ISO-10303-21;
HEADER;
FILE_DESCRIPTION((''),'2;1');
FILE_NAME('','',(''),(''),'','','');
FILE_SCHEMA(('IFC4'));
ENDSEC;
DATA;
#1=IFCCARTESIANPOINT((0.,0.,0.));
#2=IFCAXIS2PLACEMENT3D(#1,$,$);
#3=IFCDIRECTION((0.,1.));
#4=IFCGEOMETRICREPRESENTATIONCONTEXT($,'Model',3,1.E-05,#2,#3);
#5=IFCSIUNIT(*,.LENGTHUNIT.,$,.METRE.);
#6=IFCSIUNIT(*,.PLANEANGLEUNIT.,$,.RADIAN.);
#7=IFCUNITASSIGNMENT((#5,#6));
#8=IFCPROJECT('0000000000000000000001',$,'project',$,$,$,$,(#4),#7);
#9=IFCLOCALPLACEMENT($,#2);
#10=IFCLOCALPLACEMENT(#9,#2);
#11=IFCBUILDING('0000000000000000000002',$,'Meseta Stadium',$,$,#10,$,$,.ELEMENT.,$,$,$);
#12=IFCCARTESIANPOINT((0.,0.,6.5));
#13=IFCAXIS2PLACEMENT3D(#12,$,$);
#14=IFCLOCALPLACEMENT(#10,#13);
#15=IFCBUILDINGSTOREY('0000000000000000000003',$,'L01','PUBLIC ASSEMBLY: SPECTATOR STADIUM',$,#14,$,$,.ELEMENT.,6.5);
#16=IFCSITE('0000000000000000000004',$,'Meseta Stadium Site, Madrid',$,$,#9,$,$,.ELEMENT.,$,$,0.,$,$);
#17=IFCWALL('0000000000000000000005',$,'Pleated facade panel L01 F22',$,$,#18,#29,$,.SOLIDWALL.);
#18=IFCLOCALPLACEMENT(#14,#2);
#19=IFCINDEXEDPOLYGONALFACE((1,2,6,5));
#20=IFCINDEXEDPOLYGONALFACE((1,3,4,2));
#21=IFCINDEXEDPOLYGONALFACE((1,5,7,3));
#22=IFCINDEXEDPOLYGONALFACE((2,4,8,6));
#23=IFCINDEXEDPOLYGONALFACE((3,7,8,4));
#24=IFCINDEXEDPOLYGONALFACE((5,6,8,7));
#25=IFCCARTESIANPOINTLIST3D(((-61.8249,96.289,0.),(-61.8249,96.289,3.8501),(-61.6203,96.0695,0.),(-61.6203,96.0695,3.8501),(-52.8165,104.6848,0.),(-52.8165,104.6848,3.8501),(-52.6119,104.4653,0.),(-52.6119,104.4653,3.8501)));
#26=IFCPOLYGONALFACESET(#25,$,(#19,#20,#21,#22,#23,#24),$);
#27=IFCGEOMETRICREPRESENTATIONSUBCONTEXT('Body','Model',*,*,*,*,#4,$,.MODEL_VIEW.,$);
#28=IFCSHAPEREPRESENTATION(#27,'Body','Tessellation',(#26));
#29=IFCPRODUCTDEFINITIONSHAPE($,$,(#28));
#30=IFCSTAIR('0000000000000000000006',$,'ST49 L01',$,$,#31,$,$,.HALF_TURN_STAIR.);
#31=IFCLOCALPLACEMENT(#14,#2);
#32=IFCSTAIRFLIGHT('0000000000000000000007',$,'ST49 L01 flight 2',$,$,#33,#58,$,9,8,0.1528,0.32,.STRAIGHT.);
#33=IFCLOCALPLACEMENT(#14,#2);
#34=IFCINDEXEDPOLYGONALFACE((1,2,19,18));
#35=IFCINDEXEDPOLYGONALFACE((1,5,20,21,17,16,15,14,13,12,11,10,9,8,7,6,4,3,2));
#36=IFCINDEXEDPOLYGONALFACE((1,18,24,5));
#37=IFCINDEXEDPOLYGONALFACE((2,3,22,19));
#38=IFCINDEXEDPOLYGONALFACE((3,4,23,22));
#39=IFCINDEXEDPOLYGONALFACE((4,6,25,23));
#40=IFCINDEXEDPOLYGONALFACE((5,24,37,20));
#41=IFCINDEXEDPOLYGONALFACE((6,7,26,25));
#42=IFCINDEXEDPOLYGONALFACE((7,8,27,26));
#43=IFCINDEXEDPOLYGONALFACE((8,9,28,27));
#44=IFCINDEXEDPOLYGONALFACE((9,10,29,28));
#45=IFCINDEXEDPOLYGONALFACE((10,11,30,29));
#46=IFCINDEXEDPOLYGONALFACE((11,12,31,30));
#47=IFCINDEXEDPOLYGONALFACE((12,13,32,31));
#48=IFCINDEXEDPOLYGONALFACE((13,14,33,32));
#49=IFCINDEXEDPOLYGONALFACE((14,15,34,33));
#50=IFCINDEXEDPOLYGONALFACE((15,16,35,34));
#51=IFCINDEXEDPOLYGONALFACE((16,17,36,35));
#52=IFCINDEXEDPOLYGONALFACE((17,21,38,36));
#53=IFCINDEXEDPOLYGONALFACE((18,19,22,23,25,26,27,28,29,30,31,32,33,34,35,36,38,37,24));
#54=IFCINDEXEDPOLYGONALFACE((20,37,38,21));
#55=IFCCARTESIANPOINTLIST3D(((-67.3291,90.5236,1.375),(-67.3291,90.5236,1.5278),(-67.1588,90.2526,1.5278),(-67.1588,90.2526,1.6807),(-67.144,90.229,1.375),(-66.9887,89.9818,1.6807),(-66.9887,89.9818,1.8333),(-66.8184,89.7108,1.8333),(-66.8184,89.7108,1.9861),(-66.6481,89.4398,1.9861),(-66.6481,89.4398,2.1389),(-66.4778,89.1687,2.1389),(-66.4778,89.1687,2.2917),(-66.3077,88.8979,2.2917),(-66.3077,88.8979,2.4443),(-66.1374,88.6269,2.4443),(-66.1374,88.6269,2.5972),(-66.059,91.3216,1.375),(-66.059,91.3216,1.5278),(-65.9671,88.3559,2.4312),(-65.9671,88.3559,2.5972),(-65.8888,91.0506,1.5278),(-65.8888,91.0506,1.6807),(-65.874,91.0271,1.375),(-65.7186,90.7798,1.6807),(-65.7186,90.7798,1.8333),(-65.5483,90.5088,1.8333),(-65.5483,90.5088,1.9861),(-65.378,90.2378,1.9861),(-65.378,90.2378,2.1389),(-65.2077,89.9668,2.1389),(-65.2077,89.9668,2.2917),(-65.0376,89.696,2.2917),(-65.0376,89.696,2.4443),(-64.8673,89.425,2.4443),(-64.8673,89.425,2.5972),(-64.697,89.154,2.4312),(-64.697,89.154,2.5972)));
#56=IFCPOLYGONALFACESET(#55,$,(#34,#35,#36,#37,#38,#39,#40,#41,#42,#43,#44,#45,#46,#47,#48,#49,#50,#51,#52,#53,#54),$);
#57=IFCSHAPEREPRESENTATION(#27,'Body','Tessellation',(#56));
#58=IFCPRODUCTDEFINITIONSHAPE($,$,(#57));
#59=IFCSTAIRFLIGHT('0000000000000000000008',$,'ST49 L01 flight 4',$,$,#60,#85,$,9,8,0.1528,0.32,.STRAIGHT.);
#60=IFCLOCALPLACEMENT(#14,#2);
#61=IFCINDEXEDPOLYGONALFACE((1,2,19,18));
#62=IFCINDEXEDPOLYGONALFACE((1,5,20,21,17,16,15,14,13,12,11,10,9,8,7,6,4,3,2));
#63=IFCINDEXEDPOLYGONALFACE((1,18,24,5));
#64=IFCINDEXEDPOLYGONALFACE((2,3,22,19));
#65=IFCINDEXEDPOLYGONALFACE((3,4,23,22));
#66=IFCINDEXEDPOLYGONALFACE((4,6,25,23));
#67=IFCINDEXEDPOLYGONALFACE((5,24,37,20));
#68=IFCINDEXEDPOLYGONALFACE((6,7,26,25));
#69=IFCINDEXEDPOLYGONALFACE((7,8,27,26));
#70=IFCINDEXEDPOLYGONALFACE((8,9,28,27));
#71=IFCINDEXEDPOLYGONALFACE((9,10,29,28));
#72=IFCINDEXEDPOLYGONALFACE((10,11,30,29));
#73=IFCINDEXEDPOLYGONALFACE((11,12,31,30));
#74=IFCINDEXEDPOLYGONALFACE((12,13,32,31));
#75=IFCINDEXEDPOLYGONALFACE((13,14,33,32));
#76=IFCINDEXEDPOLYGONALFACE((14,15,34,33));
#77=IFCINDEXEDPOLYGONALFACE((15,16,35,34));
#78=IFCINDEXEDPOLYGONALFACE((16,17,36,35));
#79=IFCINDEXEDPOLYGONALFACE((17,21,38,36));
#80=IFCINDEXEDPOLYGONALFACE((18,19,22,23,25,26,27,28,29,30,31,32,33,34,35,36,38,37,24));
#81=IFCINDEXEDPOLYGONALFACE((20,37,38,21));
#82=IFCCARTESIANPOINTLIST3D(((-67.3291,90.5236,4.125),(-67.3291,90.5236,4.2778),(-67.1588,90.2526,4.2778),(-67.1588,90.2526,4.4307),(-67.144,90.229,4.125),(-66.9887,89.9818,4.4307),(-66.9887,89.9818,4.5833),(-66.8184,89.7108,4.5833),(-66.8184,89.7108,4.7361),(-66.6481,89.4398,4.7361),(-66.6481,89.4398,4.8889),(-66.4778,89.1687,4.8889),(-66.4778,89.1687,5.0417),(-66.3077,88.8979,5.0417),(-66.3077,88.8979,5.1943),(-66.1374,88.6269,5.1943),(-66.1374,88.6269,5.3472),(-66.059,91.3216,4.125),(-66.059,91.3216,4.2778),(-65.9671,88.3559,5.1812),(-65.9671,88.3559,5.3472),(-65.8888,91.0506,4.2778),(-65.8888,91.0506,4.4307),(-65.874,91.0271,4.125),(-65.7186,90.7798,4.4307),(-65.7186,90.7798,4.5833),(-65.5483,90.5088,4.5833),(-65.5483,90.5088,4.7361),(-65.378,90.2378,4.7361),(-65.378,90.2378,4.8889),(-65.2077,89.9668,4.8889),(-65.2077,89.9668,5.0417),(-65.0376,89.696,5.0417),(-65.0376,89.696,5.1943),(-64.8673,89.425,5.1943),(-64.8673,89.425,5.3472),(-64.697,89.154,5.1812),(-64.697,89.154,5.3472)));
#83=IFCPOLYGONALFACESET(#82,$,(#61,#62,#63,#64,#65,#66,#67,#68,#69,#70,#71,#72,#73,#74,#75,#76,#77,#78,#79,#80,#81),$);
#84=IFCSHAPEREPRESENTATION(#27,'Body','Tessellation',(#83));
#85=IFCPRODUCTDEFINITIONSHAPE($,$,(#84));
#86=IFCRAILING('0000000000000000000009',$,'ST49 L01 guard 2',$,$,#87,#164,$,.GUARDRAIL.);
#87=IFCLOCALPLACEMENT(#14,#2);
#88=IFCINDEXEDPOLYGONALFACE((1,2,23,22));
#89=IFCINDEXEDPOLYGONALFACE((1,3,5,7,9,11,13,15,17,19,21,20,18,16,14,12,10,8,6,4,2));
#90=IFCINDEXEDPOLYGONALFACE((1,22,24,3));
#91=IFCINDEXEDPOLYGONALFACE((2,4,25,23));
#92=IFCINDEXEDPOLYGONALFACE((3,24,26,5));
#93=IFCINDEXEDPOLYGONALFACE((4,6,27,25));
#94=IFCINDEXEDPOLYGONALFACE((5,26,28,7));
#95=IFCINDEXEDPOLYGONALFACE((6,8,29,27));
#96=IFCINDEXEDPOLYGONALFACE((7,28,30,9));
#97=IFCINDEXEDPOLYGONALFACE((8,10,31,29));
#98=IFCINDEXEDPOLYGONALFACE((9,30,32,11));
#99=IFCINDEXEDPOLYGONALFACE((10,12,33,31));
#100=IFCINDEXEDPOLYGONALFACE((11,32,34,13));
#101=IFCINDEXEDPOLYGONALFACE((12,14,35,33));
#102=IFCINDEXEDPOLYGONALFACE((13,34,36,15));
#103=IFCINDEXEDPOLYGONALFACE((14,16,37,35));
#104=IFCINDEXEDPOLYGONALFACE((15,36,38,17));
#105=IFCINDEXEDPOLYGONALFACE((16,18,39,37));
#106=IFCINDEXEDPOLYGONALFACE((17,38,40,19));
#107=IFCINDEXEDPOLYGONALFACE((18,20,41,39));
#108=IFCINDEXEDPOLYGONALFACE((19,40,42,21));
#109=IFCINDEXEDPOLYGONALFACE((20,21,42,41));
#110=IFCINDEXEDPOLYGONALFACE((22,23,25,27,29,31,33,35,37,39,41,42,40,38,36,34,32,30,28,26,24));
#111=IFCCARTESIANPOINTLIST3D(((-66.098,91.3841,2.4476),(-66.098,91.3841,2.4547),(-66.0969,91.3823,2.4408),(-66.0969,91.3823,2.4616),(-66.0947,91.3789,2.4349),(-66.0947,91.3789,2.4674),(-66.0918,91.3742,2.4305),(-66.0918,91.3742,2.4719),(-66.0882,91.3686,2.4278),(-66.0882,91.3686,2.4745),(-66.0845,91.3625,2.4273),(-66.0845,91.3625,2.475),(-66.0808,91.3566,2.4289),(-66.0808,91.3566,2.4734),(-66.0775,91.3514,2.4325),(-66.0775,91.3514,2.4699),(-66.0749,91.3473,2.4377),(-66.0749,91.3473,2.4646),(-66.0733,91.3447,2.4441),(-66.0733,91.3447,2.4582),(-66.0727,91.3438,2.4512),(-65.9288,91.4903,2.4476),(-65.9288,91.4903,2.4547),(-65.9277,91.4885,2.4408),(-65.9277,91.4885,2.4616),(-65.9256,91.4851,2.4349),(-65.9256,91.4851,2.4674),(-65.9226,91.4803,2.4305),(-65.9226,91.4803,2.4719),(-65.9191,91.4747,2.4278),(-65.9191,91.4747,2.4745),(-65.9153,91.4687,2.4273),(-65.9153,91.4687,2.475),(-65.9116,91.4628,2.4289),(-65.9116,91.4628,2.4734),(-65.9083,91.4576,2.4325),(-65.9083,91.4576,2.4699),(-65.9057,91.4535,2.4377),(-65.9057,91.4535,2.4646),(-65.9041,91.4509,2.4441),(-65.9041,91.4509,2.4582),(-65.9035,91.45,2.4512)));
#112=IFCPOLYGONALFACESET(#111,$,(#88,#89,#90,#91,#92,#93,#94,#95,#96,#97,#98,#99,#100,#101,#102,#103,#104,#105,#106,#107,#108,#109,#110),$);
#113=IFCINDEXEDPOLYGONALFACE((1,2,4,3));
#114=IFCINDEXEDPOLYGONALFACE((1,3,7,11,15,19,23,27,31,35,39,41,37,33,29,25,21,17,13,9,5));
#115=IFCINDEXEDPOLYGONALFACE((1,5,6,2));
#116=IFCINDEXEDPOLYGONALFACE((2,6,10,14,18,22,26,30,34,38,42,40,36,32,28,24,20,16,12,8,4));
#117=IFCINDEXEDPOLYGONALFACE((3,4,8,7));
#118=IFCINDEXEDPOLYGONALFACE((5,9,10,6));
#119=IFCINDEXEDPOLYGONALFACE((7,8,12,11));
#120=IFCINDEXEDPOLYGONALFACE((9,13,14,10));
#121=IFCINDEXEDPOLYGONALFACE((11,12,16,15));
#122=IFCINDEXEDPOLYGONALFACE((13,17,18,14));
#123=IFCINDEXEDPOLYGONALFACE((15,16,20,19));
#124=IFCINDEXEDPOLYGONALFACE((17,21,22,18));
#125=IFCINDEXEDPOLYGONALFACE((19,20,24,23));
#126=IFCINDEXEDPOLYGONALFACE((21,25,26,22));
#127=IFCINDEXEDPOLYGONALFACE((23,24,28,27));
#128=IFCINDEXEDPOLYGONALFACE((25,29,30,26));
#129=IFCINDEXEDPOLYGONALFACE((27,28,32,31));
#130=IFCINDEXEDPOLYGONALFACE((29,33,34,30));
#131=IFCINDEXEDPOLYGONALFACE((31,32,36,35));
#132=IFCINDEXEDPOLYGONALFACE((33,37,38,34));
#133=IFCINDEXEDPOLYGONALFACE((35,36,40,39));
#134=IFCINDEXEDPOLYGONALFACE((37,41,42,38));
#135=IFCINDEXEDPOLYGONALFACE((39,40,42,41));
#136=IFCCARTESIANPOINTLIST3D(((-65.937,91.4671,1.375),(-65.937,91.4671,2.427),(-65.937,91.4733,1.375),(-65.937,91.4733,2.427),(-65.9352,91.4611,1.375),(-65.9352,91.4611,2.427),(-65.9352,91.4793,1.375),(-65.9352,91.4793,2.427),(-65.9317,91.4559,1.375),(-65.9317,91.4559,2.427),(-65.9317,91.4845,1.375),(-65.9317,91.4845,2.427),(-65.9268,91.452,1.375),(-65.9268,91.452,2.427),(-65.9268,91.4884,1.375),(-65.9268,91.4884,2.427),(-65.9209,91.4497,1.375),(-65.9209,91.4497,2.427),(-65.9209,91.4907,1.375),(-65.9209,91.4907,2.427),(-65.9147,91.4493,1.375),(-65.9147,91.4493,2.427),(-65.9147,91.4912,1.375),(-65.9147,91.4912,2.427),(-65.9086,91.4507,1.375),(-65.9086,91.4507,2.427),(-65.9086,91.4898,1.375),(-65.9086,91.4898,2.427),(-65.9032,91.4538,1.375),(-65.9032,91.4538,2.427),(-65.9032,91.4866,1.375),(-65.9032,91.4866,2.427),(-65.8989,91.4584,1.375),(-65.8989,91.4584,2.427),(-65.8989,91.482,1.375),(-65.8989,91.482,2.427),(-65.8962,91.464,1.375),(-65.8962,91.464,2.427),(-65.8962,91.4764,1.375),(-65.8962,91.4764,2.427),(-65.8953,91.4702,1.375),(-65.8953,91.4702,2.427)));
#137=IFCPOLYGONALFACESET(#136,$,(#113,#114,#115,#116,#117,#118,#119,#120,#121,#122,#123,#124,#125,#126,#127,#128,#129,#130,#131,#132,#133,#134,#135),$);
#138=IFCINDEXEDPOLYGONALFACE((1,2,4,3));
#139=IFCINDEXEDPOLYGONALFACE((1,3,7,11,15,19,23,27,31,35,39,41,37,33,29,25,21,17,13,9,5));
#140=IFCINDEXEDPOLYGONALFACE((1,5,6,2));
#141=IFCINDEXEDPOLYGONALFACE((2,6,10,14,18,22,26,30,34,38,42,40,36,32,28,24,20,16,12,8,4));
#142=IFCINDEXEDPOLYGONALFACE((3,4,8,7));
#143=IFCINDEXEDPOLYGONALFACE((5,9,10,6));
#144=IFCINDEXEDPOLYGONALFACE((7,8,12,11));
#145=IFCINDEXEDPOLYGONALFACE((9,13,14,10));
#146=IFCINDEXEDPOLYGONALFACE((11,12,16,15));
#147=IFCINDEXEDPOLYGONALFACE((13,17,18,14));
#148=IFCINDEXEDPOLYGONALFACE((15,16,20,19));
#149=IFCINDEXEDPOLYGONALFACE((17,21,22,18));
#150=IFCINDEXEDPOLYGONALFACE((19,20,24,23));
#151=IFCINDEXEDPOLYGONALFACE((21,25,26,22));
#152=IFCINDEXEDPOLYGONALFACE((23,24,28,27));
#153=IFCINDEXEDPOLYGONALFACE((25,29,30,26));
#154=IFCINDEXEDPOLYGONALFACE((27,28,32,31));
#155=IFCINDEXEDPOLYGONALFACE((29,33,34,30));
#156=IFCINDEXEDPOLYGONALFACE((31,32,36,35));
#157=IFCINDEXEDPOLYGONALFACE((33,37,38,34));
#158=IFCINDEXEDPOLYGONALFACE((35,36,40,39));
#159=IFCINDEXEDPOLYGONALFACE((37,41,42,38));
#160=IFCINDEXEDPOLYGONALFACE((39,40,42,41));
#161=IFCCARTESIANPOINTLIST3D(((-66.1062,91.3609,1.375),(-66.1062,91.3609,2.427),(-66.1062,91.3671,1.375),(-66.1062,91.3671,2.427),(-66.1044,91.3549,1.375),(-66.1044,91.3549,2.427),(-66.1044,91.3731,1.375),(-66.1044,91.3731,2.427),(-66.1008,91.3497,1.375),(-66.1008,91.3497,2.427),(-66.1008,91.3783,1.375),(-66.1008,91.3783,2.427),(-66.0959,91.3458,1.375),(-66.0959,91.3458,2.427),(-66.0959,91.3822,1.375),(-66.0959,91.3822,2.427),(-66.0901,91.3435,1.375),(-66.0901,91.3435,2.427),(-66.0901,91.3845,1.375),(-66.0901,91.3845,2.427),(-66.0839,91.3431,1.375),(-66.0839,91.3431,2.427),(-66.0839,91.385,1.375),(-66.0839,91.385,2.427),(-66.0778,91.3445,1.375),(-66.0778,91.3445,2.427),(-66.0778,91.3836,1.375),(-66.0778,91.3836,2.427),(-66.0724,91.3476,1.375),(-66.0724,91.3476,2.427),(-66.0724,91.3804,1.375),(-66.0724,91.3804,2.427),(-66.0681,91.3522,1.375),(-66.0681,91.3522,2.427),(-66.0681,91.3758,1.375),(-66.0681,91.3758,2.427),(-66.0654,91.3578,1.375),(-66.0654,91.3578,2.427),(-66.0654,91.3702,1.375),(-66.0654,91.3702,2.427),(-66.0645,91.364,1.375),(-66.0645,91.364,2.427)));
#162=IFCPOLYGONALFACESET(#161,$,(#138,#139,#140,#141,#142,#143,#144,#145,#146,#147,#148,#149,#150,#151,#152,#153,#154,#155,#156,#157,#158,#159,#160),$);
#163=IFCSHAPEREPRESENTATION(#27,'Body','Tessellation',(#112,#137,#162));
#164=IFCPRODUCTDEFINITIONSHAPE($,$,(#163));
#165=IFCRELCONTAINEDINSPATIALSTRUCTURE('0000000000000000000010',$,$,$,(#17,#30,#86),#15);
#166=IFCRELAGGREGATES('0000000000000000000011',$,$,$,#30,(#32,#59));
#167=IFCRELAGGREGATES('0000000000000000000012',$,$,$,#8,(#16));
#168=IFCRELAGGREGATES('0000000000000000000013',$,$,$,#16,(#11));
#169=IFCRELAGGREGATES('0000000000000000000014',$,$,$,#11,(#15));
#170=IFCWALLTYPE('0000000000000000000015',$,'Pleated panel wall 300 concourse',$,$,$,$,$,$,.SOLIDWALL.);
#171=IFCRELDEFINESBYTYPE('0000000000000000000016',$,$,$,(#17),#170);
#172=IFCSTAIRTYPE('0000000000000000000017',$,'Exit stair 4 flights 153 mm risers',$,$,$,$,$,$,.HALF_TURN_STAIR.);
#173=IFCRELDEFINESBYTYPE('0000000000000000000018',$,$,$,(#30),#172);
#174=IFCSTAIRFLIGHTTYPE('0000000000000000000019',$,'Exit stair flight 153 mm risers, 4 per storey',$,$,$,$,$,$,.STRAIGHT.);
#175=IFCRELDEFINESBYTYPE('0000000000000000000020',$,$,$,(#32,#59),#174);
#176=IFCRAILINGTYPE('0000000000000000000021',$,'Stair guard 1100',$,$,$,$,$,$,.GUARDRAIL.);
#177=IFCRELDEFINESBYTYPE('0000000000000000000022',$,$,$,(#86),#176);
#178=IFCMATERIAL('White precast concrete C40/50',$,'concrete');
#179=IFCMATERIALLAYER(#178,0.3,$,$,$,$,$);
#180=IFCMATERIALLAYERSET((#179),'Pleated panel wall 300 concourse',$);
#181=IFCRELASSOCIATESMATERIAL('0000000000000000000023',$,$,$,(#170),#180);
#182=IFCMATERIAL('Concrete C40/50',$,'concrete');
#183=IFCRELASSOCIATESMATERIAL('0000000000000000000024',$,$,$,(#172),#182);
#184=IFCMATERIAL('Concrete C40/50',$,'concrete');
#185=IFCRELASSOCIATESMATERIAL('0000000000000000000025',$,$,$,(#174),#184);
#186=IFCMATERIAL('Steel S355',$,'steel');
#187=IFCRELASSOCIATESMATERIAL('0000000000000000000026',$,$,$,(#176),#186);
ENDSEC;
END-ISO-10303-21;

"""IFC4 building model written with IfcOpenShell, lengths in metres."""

from ifc_helpers import new_model, si_unit, direction, frame, frame_2d, origin, origin_2d, place, context, subcontext, project, spatial, polyline, rectangle, circle, outline, extrude, material, layer, layer_set, type_object, element, aggregate, save


model = new_model("IFC4")

# Units and contexts
model_context = context("Model", 3, precision=1e-05, world=origin(), true_north=direction((0.0, 1.0)))
body_context = subcontext(model_context, "Body", "Model", "MODEL_VIEW")
ifc_project = project(units=[si_unit("LENGTHUNIT", "METRE"), si_unit("PLANEANGLEUNIT", "RADIAN")], contexts=[model_context])

# Site, building, storey
site_placement = place(None, origin())
site = spatial("IfcSite", under=ifc_project, at=site_placement, Name="Meseta Stadium Site, Madrid", CompositionType="ELEMENT", RefElevation=0.0)
building_placement = place(site_placement, origin())
building = spatial("IfcBuilding", under=site, at=building_placement, Name="Meseta Stadium", CompositionType="ELEMENT")
storey_placement = place(building_placement, frame((0.0, 0.0, 6.5)))
storey = spatial("IfcBuildingStorey", under=building, at=storey_placement, Name="L01", Description="PUBLIC ASSEMBLY: SPECTATOR STADIUM", CompositionType="ELEMENT", Elevation=6.5)

# Wall
ifc_material_1 = material(Name="White precast concrete C40/50", Category="concrete")
ifc_layer_1 = layer(ifc_material_1, 0.3)
ifc_layer_set_1 = layer_set([ifc_layer_1], Name="Pleated panel wall 300 concourse")
wall_type_1 = type_object("IfcWallType", Name="Pleated panel wall 300 concourse", PredefinedType="SOLIDWALL", material=ifc_layer_set_1)
wall_1_placement = place(storey_placement, frame((-61.7227, 96.1792, 0.0), z_axis=(0.0, 0.0, 1.0), x_axis=(0.731541, 0.681797, 0.0)))
element("IfcWall", 1, at=wall_1_placement, inside=storey, type_object=wall_type_1, Name="Pleated facade panel L01 F22", PredefinedType="SOLIDWALL", context=body_context, shape_type="SweptSolid", body=[
    extrude(rectangle(XDim=12.3142, YDim=0.3, at=frame_2d((6.1572, 0.0))), origin(), (0.0, 0.0, 1.0), 3.8501),
])

# Stair, stair flights
ifc_material_2 = material(Name="Concrete C40/50", Category="concrete")
stair_type = type_object("IfcStairType", Name="Exit stair 4 flights 153 mm risers", PredefinedType="HALF_TURN_STAIR", material=ifc_material_2)
stair_placement = place(storey_placement, origin())
stair = element("IfcStair", 2, at=stair_placement, inside=storey, type_object=stair_type, Name="ST49 L01", PredefinedType="HALF_TURN_STAIR")
ifc_material_3 = material(Name="Concrete C40/50", Category="concrete")
stair_flight_type = type_object("IfcStairFlightType", Name="Exit stair flight 153 mm risers, 4 per storey", PredefinedType="STRAIGHT", material=ifc_material_3)
stair_flight_1_placement = place(storey_placement, frame((-66.6941, 90.9226, 1.375), z_axis=(0.0, 0.0, 1.0), x_axis=(0.532032, -0.846724, 0.0)))
stair_flight_1 = element("IfcStairFlight", 3, at=stair_flight_1_placement, type_object=stair_flight_type, Name="ST49 L01 flight 2", NumberOfRisers=9, NumberOfTreads=8, PredefinedType="STRAIGHT", RiserHeight=0.1528, TreadLength=0.32, context=body_context, shape_type="SweptSolid", body=[
    extrude(outline(polyline([(0.0, 0.0), (0.0, 0.1528), (0.3201, 0.1528), (0.3201, 0.3057), (0.6399, 0.3057), (0.6399, 0.4583), (0.96, 0.4583), (0.96, 0.6111), (1.28, 0.6111), (1.28, 0.7639), (1.6001, 0.7639), (1.6001, 0.9167), (1.9199, 0.9167), (1.9199, 1.0693), (2.24, 1.0693), (2.24, 1.2222), (2.5601, 1.2222), (2.5601, 1.0562), (0.3479, 0.0), (0.0, 0.0)])), frame((0.0, 0.75, 0.0), z_axis=(0.0, -1.0, 0.0), x_axis=(1.0, 0.0, 0.0)), (0.0, 0.0, 1.0), 1.5),
])
stair_flight_2_placement = place(storey_placement, frame((-66.6941, 90.9226, 4.125), z_axis=(0.0, 0.0, 1.0), x_axis=(0.532032, -0.846724, 0.0)))
stair_flight_2 = element("IfcStairFlight", 4, at=stair_flight_2_placement, type_object=stair_flight_type, Name="ST49 L01 flight 4", NumberOfRisers=9, NumberOfTreads=8, PredefinedType="STRAIGHT", RiserHeight=0.1528, TreadLength=0.32, context=body_context, shape_type="SweptSolid", body=[
    extrude(outline(polyline([(0.0, 0.0), (0.0, 0.1528), (0.3201, 0.1528), (0.3201, 0.3057), (0.6399, 0.3057), (0.6399, 0.4583), (0.96, 0.4583), (0.96, 0.6111), (1.28, 0.6111), (1.28, 0.7639), (1.6001, 0.7639), (1.6001, 0.9167), (1.9199, 0.9167), (1.9199, 1.0693), (2.24, 1.0693), (2.24, 1.2222), (2.5601, 1.2222), (2.5601, 1.0562), (0.3479, 0.0), (0.0, 0.0)])), frame((0.0, 0.75, 0.0), z_axis=(0.0, -1.0, 0.0), x_axis=(1.0, 0.0, 0.0)), (0.0, 0.0, 1.0), 1.5),
])
aggregate(stair, [stair_flight_1, stair_flight_2])

# Railing
ifc_material_4 = material(Name="Steel S355", Category="steel")
railing_type_1 = type_object("IfcRailingType", Name="Stair guard 1100", PredefinedType="GUARDRAIL", material=ifc_material_4)
railing_1_placement = place(storey_placement, frame((-65.9163, 91.4702, 1.375)))
element("IfcRailing", 5, at=railing_1_placement, inside=storey, type_object=railing_type_1, Name="ST49 L01 guard 2", PredefinedType="GUARDRAIL", context=body_context, shape_type="SweptSolid", body=[
    extrude(circle(Radius=0.0239, at=origin_2d()), frame((0.0, 0.0, 1.0762), z_axis=(-0.846967, -0.531646, 0.0), x_axis=(0.531646, -0.846967, 0.0)), (0.0, 0.0, 1.0), 0.1997),
    extrude(circle(Radius=0.021, at=origin_2d()), origin(), (0.0, 0.0, 1.0), 1.052),
    extrude(circle(Radius=0.021, at=origin_2d()), frame((-0.1692, -0.1062, 0.0)), (0.0, 0.0, 1.0), 1.052),
])

save(model, "model.ifc")
